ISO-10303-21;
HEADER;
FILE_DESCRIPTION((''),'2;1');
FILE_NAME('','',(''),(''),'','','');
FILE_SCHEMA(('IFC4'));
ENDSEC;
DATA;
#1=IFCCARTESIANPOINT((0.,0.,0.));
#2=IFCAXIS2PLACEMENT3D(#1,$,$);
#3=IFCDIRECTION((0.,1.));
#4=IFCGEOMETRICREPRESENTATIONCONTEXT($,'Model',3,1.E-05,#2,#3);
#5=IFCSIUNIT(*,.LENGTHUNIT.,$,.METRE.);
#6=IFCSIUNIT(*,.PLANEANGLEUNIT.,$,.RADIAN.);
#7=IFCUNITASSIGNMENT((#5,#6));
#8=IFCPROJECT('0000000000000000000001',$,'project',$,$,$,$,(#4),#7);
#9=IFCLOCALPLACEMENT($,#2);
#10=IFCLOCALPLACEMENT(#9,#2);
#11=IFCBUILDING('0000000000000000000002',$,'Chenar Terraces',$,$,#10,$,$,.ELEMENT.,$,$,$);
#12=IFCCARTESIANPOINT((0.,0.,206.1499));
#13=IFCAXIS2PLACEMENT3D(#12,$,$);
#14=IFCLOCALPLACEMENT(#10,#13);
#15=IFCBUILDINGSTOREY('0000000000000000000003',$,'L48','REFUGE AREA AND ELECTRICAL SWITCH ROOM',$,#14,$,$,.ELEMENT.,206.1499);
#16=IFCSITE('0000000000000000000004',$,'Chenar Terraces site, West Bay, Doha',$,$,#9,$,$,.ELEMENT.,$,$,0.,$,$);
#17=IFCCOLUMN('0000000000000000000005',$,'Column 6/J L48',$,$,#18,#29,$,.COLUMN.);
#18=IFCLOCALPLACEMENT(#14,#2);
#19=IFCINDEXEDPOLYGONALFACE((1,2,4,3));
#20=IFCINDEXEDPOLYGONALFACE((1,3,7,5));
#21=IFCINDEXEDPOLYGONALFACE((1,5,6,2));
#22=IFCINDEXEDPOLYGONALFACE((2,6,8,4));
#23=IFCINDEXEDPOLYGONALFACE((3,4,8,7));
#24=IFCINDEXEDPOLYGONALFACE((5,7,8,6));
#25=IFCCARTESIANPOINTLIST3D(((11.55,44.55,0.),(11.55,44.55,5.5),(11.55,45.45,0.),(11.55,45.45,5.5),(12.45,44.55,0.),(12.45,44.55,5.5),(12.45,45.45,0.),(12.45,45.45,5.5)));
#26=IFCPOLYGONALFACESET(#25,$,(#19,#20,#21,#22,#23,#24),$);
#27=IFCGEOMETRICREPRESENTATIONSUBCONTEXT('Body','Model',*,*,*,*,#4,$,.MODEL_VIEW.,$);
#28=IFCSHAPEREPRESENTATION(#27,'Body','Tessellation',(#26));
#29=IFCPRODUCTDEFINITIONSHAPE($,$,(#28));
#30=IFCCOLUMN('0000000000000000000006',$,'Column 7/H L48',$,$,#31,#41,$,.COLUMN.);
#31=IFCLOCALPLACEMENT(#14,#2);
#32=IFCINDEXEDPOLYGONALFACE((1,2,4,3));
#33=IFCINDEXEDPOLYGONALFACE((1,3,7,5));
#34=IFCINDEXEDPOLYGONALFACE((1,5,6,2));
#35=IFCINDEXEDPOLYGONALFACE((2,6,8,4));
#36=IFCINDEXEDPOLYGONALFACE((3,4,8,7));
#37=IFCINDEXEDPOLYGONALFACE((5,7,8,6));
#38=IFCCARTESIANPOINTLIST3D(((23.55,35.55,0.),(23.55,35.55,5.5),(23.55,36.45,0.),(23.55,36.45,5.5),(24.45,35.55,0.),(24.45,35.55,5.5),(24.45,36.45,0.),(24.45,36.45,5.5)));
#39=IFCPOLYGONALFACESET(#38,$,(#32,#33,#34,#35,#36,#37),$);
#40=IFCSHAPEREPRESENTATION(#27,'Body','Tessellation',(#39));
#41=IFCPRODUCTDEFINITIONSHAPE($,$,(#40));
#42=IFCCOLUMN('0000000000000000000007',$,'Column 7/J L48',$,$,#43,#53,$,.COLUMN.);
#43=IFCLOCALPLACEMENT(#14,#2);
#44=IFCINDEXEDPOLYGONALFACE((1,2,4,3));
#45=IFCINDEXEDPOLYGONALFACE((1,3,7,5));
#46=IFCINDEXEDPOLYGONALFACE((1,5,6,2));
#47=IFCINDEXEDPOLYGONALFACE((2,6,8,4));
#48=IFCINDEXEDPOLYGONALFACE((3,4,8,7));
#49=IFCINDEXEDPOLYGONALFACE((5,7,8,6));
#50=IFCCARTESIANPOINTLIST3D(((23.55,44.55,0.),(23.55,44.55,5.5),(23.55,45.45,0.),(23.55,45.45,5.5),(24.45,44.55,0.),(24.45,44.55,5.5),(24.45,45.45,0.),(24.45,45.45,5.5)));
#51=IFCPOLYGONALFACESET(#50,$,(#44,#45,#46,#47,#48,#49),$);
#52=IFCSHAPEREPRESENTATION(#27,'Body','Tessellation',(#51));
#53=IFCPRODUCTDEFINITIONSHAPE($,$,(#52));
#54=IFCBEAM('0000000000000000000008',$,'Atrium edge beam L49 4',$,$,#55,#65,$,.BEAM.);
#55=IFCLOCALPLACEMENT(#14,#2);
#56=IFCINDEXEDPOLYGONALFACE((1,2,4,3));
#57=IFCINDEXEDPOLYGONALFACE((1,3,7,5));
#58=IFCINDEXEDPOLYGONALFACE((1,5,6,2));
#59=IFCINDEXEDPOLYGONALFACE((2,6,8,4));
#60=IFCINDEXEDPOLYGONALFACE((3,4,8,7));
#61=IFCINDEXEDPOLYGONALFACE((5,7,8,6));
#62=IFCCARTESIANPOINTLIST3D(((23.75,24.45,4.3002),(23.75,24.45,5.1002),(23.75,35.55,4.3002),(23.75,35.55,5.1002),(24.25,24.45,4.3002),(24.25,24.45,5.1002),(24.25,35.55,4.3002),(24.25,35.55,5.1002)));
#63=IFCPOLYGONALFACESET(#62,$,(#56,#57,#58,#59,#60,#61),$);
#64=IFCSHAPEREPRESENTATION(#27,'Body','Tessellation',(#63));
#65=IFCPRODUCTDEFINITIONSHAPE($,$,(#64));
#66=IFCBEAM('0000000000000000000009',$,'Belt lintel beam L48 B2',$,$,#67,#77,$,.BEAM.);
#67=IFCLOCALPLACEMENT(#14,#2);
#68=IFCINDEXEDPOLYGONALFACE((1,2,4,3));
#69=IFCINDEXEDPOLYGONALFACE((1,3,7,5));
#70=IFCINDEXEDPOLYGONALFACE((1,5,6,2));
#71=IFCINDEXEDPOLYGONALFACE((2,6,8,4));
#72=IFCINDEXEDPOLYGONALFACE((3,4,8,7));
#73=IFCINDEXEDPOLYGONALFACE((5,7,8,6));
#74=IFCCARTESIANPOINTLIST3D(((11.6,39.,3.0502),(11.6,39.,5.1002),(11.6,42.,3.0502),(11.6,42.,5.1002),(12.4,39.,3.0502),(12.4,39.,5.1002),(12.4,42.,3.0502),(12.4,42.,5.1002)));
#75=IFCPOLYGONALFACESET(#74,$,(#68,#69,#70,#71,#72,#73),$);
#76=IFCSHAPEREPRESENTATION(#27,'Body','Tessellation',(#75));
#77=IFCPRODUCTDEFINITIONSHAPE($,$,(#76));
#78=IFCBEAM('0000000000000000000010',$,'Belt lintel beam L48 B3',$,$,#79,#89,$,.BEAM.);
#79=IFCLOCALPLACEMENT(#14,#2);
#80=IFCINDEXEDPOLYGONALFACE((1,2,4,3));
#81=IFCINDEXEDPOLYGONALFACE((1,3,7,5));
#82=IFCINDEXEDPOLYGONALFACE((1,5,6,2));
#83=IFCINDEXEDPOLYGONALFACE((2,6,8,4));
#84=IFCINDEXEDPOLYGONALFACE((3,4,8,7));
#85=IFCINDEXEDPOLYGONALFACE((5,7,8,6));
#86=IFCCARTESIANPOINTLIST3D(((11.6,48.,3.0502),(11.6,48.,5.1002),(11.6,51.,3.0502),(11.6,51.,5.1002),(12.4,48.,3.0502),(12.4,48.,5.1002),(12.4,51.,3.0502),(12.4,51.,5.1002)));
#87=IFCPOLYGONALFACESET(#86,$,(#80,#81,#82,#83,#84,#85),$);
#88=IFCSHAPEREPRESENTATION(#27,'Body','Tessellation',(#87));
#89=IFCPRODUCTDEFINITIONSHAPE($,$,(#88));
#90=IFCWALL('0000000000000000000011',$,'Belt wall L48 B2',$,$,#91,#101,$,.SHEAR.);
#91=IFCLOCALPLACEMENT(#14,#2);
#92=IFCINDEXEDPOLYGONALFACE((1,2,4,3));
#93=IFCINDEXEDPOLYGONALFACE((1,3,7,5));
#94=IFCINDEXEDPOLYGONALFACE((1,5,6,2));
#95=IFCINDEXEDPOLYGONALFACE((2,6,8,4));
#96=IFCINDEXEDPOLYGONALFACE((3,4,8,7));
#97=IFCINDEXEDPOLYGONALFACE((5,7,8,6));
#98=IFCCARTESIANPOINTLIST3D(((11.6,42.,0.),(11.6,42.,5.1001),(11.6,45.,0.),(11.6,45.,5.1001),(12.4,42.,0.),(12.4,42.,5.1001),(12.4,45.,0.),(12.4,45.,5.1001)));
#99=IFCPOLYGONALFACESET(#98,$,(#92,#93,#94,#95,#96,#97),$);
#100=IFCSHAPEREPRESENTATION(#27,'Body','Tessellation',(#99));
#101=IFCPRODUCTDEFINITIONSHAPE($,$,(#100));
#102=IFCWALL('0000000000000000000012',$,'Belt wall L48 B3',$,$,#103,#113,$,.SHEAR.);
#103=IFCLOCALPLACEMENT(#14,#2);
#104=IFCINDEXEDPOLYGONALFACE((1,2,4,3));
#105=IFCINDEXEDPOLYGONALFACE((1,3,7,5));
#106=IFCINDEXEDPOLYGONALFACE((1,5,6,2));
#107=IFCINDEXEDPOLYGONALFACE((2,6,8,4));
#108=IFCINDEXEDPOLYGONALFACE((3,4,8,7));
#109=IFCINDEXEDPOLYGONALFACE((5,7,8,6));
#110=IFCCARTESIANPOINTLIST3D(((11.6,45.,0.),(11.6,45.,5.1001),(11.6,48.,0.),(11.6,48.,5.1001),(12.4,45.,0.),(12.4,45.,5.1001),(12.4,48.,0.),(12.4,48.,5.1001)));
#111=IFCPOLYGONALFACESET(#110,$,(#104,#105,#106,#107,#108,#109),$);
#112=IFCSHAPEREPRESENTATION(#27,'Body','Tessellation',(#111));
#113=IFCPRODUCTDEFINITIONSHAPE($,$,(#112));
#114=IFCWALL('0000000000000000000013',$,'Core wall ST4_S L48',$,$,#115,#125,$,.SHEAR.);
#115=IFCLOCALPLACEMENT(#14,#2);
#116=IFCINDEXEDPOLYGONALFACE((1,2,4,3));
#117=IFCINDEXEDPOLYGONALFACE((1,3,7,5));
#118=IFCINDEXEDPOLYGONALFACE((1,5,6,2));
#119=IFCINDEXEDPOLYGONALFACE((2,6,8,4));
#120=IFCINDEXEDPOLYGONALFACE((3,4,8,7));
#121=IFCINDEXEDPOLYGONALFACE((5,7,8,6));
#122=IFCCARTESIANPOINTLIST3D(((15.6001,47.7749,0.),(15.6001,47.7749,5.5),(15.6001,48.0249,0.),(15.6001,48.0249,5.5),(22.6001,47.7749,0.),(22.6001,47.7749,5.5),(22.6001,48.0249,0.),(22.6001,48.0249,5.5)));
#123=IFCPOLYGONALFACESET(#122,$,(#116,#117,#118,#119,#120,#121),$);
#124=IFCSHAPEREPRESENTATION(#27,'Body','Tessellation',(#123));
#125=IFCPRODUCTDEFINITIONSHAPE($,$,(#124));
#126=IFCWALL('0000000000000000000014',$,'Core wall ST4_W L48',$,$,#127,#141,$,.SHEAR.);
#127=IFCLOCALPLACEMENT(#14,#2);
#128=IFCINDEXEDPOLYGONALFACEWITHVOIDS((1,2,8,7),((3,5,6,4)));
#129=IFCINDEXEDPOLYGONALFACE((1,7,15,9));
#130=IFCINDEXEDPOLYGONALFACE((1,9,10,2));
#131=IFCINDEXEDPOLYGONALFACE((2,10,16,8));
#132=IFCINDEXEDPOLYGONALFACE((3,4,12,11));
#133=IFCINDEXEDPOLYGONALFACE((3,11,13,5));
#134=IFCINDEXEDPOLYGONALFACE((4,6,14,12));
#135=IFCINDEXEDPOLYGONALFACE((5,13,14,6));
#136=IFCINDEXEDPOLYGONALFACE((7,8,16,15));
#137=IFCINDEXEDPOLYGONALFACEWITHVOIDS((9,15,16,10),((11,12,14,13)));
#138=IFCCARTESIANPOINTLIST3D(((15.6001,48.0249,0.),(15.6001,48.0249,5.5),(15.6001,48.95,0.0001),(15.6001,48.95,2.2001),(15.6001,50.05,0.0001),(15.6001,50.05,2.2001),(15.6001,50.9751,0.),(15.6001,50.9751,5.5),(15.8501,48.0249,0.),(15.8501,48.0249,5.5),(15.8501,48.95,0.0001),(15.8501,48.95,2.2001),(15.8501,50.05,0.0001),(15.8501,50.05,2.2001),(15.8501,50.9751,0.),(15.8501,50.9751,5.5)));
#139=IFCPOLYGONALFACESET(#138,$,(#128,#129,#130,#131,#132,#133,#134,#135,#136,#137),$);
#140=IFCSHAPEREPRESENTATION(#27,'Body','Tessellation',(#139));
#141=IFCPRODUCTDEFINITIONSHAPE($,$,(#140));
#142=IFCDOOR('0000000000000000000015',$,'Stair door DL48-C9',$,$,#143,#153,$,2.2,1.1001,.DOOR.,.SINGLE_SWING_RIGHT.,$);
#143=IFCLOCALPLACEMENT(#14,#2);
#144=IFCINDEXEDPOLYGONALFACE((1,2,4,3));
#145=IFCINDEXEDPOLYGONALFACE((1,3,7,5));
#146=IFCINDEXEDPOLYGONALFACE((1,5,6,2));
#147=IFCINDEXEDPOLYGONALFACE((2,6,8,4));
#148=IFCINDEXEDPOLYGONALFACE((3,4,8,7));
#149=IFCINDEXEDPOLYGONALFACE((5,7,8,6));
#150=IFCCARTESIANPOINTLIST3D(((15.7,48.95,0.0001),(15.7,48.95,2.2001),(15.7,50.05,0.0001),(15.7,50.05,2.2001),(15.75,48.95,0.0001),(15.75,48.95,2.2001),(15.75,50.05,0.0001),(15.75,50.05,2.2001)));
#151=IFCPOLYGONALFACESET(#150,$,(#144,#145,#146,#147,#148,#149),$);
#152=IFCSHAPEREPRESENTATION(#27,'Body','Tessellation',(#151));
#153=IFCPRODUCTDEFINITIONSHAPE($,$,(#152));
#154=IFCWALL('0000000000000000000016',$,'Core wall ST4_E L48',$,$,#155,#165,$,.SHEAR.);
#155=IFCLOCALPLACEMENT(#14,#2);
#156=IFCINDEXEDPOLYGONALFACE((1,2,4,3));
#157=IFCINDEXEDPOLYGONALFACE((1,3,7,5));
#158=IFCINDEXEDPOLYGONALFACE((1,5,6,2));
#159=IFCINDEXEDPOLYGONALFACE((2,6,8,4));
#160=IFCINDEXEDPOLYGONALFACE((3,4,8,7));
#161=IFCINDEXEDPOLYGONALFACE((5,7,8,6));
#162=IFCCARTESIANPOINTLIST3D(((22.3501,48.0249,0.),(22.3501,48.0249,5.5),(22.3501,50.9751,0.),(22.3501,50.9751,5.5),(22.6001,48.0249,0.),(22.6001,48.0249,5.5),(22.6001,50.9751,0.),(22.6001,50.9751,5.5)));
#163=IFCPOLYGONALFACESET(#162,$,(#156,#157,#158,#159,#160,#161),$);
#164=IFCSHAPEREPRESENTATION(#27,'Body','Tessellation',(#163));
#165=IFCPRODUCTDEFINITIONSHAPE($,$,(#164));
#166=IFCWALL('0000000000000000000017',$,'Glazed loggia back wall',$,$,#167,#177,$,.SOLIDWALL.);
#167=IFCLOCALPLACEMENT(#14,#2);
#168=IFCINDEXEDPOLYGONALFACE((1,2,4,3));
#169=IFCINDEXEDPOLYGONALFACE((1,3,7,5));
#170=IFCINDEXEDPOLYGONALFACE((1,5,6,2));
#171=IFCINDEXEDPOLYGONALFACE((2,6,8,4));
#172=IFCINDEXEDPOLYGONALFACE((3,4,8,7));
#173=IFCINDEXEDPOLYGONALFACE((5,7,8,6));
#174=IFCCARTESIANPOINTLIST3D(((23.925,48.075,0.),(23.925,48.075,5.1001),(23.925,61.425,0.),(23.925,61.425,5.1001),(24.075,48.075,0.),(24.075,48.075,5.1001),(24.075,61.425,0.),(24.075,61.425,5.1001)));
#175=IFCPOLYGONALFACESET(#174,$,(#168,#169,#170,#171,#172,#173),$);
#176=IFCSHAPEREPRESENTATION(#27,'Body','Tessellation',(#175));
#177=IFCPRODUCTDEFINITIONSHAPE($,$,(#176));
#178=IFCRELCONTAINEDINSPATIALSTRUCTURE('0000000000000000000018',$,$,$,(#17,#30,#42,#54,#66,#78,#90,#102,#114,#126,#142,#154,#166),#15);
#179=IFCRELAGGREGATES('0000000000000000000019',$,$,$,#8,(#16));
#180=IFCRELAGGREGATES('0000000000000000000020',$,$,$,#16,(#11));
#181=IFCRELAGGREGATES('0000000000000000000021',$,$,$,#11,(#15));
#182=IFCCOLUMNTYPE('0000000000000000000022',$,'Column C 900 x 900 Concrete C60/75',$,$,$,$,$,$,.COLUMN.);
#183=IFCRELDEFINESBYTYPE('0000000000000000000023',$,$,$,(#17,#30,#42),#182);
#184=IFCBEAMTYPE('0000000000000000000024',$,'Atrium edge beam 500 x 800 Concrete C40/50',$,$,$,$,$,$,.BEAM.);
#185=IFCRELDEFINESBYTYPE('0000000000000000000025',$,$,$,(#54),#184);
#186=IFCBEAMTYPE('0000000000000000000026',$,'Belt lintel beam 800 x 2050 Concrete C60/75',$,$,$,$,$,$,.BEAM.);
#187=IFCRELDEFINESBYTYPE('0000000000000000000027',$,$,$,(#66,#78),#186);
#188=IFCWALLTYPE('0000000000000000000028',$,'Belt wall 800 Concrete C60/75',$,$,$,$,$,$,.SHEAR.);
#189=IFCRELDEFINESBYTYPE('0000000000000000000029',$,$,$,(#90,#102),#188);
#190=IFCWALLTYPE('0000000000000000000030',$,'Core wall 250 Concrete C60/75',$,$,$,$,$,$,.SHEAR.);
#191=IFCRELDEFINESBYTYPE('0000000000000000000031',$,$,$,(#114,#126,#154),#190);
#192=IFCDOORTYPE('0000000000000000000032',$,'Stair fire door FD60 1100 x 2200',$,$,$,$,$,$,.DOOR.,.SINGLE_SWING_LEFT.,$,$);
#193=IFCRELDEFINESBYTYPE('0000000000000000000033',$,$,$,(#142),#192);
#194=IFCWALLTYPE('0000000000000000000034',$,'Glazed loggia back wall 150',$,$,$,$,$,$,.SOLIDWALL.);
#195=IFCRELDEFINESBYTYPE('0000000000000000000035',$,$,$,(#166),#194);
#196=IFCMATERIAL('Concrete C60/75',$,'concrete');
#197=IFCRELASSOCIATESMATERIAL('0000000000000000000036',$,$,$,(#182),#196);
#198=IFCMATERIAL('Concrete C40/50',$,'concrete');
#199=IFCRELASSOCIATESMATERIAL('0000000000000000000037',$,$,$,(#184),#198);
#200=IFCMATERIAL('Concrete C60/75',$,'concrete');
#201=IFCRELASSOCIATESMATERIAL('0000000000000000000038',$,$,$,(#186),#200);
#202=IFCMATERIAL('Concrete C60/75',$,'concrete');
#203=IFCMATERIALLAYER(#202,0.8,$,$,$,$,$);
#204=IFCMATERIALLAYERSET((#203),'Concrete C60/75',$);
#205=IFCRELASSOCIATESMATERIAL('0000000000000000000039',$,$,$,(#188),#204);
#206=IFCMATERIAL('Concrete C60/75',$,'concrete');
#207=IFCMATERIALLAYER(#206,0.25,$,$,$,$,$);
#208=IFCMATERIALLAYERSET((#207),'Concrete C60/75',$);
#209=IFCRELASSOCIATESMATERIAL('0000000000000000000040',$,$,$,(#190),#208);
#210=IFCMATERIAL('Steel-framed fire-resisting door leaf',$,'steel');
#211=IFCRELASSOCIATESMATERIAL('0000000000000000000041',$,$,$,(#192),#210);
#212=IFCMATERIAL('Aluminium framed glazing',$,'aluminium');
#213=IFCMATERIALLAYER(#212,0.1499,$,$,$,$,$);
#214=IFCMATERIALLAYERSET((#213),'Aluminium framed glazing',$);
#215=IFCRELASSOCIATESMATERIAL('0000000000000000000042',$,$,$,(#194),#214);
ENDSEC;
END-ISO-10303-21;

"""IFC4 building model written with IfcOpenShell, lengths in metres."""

from ifc_helpers import new_model, si_unit, direction, frame, frame_2d, origin, origin_2d, place, context, subcontext, project, spatial, rectangle, extrude, material, layer, layer_set, material_profile, profile_set, type_object, element, fill, save


model = new_model("IFC4")

# Units and contexts
model_context = context("Model", 3, precision=1e-05, world=origin(), true_north=direction((0.0, 1.0)))
body_context = subcontext(model_context, "Body", "Model", "MODEL_VIEW")
ifc_project = project(units=[si_unit("LENGTHUNIT", "METRE"), si_unit("PLANEANGLEUNIT", "RADIAN")], contexts=[model_context])

# Site, building, storey
site_placement = place(None, origin())
site = spatial("IfcSite", under=ifc_project, at=site_placement, Name="Chenar Terraces site, West Bay, Doha", CompositionType="ELEMENT", RefElevation=0.0)
building_placement = place(site_placement, origin())
building = spatial("IfcBuilding", under=site, at=building_placement, Name="Chenar Terraces", CompositionType="ELEMENT")
storey_placement = place(building_placement, frame((0.0, 0.0, 206.1499)))
storey = spatial("IfcBuildingStorey", under=building, at=storey_placement, Name="L48", Description="REFUGE AREA AND ELECTRICAL SWITCH ROOM", CompositionType="ELEMENT", Elevation=206.1499)

# Columns
ifc_material_1 = material(Name="Concrete C60/75", Category="concrete")
ifc_material_profile_1 = material_profile(ifc_material_1, rectangle(XDim=0.8999, YDim=0.8999, at=origin_2d()), Name="C 900 x 900")
ifc_profile_set_1 = profile_set([ifc_material_profile_1], Name="Concrete C60/75")
column_type = type_object("IfcColumnType", Name="Column C 900 x 900 Concrete C60/75", PredefinedType="COLUMN", material=ifc_profile_set_1)
for number, where, z_axis, x_axis, name in (
    (1, (12.0, 45.0, 0.0), (0.0, 0.0, 1.0), (1.0, 0.0, 0.0), "Column 6/J L48"),
    (2, (24.0, 36.0, 0.0), (0.0, 0.0, 1.0), (1.0, 0.0, 0.0), "Column 7/H L48"),
    (3, (24.0, 45.0, 0.0), (0.0, 0.0, 1.0), (1.0, 0.0, 0.0), "Column 7/J L48"),
):
    element("IfcColumn", number, at=place(storey_placement, frame(where, z_axis=z_axis, x_axis=x_axis)), inside=storey, type_object=column_type, Name=name, PredefinedType="COLUMN", context=body_context, shape_type="SweptSolid", body=[
        extrude(rectangle(XDim=0.8999, YDim=0.8999, at=origin_2d()), origin(), (0.0, 0.0, 1.0), 5.5),
    ])

# Beams
ifc_material_2 = material(Name="Concrete C40/50", Category="concrete")
ifc_material_profile_2 = material_profile(ifc_material_2, rectangle(XDim=0.5, YDim=0.8, at=origin_2d()), Name="RC 500 x 800")
ifc_profile_set_2 = profile_set([ifc_material_profile_2], Name="Concrete C40/50")
beam_type_1 = type_object("IfcBeamType", Name="Atrium edge beam 500 x 800 Concrete C40/50", PredefinedType="BEAM", material=ifc_profile_set_2)
beam_placement = place(storey_placement, frame((24.0, 35.55, 4.7002), z_axis=(0.0, -1.0, 0.0), x_axis=(1.0, 0.0, 0.0)))
element("IfcBeam", 4, at=beam_placement, inside=storey, type_object=beam_type_1, Name="Atrium edge beam L49 4", PredefinedType="BEAM", context=body_context, shape_type="SweptSolid", body=[
    extrude(rectangle(XDim=0.5, YDim=0.8, at=origin_2d()), origin(), (0.0, 0.0, 1.0), 11.1001),
])
ifc_material_3 = material(Name="Concrete C60/75", Category="concrete")
ifc_material_profile_3 = material_profile(ifc_material_3, rectangle(XDim=0.8, YDim=2.05, at=origin_2d()), Name="RC 800 x 2050")
ifc_profile_set_3 = profile_set([ifc_material_profile_3], Name="Concrete C60/75")
beam_type_2 = type_object("IfcBeamType", Name="Belt lintel beam 800 x 2050 Concrete C60/75", PredefinedType="BEAM", material=ifc_profile_set_3)
for number, where, z_axis, x_axis, name in (
    (5, (12.0, 39.0, 4.0752), (0.0, 1.0, 0.0), (-1.0, 0.0, 0.0), "Belt lintel beam L48 B2"),
    (6, (12.0, 48.0, 4.0752), (0.0, 1.0, 0.0), (-1.0, 0.0, 0.0), "Belt lintel beam L48 B3"),
):
    element("IfcBeam", number, at=place(storey_placement, frame(where, z_axis=z_axis, x_axis=x_axis)), inside=storey, type_object=beam_type_2, Name=name, PredefinedType="BEAM", context=body_context, shape_type="SweptSolid", body=[
        extrude(rectangle(XDim=0.8, YDim=2.05, at=origin_2d()), origin(), (0.0, 0.0, 1.0), 3.0),
    ])

# Walls
ifc_material_4 = material(Name="Concrete C60/75", Category="concrete")
ifc_layer_1 = layer(ifc_material_4, 0.8)
ifc_layer_set_1 = layer_set([ifc_layer_1], Name="Concrete C60/75")
wall_type_1 = type_object("IfcWallType", Name="Belt wall 800 Concrete C60/75", PredefinedType="SHEAR", material=ifc_layer_set_1)
for number, where, z_axis, x_axis, name in (
    (7, (12.0, 42.0, 0.0), (0.0, 0.0, 1.0), (0.0, 1.0, 0.0), "Belt wall L48 B2"),
    (8, (12.0, 45.0, 0.0), (0.0, 0.0, 1.0), (0.0, 1.0, 0.0), "Belt wall L48 B3"),
):
    element("IfcWall", number, at=place(storey_placement, frame(where, z_axis=z_axis, x_axis=x_axis)), inside=storey, type_object=wall_type_1, Name=name, PredefinedType="SHEAR", context=body_context, shape_type="SweptSolid", body=[
        extrude(rectangle(XDim=3.0, YDim=0.8, at=frame_2d((1.5, 0.0))), origin(), (0.0, 0.0, 1.0), 5.1001),
    ])
ifc_material_5 = material(Name="Concrete C60/75", Category="concrete")
ifc_layer_2 = layer(ifc_material_5, 0.25)
ifc_layer_set_2 = layer_set([ifc_layer_2], Name="Concrete C60/75")
wall_type_2 = type_object("IfcWallType", Name="Core wall 250 Concrete C60/75", PredefinedType="SHEAR", material=ifc_layer_set_2)
wall_1_placement = place(storey_placement, frame((15.6001, 47.8999, 0.0), z_axis=(0.0, 0.0, 1.0), x_axis=(1.0, 0.0, 0.0)))
element("IfcWall", 9, at=wall_1_placement, inside=storey, type_object=wall_type_2, Name="Core wall ST4_S L48", PredefinedType="SHEAR", context=body_context, shape_type="SweptSolid", body=[
    extrude(rectangle(XDim=7.0, YDim=0.25, at=frame_2d((3.5, 0.0))), origin(), (0.0, 0.0, 1.0), 5.5),
])

# Wall, opening, door
wall_2_placement = place(storey_placement, frame((15.7251, 48.0249, 0.0), z_axis=(0.0, 0.0, 1.0), x_axis=(0.0, 1.0, 0.0)))
wall_2 = element("IfcWall", 10, at=wall_2_placement, inside=storey, type_object=wall_type_2, Name="Core wall ST4_W L48", PredefinedType="SHEAR", context=body_context, shape_type="SweptSolid", body=[
    extrude(rectangle(XDim=2.9502, YDim=0.25, at=frame_2d((1.4751, 0.0))), origin(), (0.0, 0.0, 1.0), 5.5),
])
opening_1_placement = place(wall_2_placement, frame((0.925, 0.0, 0.0)))
opening_1 = element("IfcOpeningElement", 11, at=opening_1_placement, cuts=wall_2, PredefinedType="OPENING", context=body_context, shape_type="SweptSolid", body=[
    extrude(rectangle(XDim=1.1001, YDim=2.2, at=frame_2d((0.55, 1.1001))), frame((0.0, 0.135, 0.0), z_axis=(0.0, -1.0, 0.0), x_axis=(1.0, 0.0, 0.0)), (0.0, 0.0, 1.0), 0.27),
])
ifc_material_6 = material(Name="Steel-framed fire-resisting door leaf", Category="steel")
door_type_1 = type_object("IfcDoorType", Name="Stair fire door FD60 1100 x 2200", OperationType="SINGLE_SWING_LEFT", PredefinedType="DOOR", material=ifc_material_6)
door_1_placement = place(opening_1_placement, frame((1.1001, 0.0, 0.0), z_axis=(0.0, 0.0, 1.0), x_axis=(-1.0, 0.0, 0.0)))
door_1 = element("IfcDoor", 12, at=door_1_placement, inside=storey, type_object=door_type_1, Name="Stair door DL48-C9", OperationType="SINGLE_SWING_RIGHT", OverallHeight=2.2, OverallWidth=1.1001, PredefinedType="DOOR", context=body_context, shape_type="SweptSolid", body=[
    extrude(rectangle(XDim=1.1001, YDim=2.2, at=frame_2d((0.55, 1.1001))), frame((0.0, 0.0249, 0.0), z_axis=(0.0, -1.0, 0.0), x_axis=(1.0, 0.0, 0.0)), (0.0, 0.0, 1.0), 0.05),
])
fill(opening_1, door_1)

# Walls
wall_3_placement = place(storey_placement, frame((22.4751, 48.0249, 0.0), z_axis=(0.0, 0.0, 1.0), x_axis=(0.0, 1.0, 0.0)))
element("IfcWall", 13, at=wall_3_placement, inside=storey, type_object=wall_type_2, Name="Core wall ST4_E L48", PredefinedType="SHEAR", context=body_context, shape_type="SweptSolid", body=[
    extrude(rectangle(XDim=2.9502, YDim=0.25, at=frame_2d((1.4751, 0.0))), origin(), (0.0, 0.0, 1.0), 5.5),
])
ifc_material_7 = material(Name="Aluminium framed glazing", Category="aluminium")
ifc_layer_3 = layer(ifc_material_7, 0.1499)
ifc_layer_set_3 = layer_set([ifc_layer_3], Name="Aluminium framed glazing")
wall_type_3 = type_object("IfcWallType", Name="Glazed loggia back wall 150", PredefinedType="SOLIDWALL", material=ifc_layer_set_3)
wall_4_placement = place(storey_placement, frame((24.0, 48.075, 0.0), z_axis=(0.0, 0.0, 1.0), x_axis=(0.0, 1.0, 0.0)))
element("IfcWall", 14, at=wall_4_placement, inside=storey, type_object=wall_type_3, Name="Glazed loggia back wall", PredefinedType="SOLIDWALL", context=body_context, shape_type="SweptSolid", body=[
    extrude(rectangle(XDim=13.3501, YDim=0.1499, at=frame_2d((6.675, 0.0))), origin(), (0.0, 0.0, 1.0), 5.1001),
])

save(model, "model.ifc")
